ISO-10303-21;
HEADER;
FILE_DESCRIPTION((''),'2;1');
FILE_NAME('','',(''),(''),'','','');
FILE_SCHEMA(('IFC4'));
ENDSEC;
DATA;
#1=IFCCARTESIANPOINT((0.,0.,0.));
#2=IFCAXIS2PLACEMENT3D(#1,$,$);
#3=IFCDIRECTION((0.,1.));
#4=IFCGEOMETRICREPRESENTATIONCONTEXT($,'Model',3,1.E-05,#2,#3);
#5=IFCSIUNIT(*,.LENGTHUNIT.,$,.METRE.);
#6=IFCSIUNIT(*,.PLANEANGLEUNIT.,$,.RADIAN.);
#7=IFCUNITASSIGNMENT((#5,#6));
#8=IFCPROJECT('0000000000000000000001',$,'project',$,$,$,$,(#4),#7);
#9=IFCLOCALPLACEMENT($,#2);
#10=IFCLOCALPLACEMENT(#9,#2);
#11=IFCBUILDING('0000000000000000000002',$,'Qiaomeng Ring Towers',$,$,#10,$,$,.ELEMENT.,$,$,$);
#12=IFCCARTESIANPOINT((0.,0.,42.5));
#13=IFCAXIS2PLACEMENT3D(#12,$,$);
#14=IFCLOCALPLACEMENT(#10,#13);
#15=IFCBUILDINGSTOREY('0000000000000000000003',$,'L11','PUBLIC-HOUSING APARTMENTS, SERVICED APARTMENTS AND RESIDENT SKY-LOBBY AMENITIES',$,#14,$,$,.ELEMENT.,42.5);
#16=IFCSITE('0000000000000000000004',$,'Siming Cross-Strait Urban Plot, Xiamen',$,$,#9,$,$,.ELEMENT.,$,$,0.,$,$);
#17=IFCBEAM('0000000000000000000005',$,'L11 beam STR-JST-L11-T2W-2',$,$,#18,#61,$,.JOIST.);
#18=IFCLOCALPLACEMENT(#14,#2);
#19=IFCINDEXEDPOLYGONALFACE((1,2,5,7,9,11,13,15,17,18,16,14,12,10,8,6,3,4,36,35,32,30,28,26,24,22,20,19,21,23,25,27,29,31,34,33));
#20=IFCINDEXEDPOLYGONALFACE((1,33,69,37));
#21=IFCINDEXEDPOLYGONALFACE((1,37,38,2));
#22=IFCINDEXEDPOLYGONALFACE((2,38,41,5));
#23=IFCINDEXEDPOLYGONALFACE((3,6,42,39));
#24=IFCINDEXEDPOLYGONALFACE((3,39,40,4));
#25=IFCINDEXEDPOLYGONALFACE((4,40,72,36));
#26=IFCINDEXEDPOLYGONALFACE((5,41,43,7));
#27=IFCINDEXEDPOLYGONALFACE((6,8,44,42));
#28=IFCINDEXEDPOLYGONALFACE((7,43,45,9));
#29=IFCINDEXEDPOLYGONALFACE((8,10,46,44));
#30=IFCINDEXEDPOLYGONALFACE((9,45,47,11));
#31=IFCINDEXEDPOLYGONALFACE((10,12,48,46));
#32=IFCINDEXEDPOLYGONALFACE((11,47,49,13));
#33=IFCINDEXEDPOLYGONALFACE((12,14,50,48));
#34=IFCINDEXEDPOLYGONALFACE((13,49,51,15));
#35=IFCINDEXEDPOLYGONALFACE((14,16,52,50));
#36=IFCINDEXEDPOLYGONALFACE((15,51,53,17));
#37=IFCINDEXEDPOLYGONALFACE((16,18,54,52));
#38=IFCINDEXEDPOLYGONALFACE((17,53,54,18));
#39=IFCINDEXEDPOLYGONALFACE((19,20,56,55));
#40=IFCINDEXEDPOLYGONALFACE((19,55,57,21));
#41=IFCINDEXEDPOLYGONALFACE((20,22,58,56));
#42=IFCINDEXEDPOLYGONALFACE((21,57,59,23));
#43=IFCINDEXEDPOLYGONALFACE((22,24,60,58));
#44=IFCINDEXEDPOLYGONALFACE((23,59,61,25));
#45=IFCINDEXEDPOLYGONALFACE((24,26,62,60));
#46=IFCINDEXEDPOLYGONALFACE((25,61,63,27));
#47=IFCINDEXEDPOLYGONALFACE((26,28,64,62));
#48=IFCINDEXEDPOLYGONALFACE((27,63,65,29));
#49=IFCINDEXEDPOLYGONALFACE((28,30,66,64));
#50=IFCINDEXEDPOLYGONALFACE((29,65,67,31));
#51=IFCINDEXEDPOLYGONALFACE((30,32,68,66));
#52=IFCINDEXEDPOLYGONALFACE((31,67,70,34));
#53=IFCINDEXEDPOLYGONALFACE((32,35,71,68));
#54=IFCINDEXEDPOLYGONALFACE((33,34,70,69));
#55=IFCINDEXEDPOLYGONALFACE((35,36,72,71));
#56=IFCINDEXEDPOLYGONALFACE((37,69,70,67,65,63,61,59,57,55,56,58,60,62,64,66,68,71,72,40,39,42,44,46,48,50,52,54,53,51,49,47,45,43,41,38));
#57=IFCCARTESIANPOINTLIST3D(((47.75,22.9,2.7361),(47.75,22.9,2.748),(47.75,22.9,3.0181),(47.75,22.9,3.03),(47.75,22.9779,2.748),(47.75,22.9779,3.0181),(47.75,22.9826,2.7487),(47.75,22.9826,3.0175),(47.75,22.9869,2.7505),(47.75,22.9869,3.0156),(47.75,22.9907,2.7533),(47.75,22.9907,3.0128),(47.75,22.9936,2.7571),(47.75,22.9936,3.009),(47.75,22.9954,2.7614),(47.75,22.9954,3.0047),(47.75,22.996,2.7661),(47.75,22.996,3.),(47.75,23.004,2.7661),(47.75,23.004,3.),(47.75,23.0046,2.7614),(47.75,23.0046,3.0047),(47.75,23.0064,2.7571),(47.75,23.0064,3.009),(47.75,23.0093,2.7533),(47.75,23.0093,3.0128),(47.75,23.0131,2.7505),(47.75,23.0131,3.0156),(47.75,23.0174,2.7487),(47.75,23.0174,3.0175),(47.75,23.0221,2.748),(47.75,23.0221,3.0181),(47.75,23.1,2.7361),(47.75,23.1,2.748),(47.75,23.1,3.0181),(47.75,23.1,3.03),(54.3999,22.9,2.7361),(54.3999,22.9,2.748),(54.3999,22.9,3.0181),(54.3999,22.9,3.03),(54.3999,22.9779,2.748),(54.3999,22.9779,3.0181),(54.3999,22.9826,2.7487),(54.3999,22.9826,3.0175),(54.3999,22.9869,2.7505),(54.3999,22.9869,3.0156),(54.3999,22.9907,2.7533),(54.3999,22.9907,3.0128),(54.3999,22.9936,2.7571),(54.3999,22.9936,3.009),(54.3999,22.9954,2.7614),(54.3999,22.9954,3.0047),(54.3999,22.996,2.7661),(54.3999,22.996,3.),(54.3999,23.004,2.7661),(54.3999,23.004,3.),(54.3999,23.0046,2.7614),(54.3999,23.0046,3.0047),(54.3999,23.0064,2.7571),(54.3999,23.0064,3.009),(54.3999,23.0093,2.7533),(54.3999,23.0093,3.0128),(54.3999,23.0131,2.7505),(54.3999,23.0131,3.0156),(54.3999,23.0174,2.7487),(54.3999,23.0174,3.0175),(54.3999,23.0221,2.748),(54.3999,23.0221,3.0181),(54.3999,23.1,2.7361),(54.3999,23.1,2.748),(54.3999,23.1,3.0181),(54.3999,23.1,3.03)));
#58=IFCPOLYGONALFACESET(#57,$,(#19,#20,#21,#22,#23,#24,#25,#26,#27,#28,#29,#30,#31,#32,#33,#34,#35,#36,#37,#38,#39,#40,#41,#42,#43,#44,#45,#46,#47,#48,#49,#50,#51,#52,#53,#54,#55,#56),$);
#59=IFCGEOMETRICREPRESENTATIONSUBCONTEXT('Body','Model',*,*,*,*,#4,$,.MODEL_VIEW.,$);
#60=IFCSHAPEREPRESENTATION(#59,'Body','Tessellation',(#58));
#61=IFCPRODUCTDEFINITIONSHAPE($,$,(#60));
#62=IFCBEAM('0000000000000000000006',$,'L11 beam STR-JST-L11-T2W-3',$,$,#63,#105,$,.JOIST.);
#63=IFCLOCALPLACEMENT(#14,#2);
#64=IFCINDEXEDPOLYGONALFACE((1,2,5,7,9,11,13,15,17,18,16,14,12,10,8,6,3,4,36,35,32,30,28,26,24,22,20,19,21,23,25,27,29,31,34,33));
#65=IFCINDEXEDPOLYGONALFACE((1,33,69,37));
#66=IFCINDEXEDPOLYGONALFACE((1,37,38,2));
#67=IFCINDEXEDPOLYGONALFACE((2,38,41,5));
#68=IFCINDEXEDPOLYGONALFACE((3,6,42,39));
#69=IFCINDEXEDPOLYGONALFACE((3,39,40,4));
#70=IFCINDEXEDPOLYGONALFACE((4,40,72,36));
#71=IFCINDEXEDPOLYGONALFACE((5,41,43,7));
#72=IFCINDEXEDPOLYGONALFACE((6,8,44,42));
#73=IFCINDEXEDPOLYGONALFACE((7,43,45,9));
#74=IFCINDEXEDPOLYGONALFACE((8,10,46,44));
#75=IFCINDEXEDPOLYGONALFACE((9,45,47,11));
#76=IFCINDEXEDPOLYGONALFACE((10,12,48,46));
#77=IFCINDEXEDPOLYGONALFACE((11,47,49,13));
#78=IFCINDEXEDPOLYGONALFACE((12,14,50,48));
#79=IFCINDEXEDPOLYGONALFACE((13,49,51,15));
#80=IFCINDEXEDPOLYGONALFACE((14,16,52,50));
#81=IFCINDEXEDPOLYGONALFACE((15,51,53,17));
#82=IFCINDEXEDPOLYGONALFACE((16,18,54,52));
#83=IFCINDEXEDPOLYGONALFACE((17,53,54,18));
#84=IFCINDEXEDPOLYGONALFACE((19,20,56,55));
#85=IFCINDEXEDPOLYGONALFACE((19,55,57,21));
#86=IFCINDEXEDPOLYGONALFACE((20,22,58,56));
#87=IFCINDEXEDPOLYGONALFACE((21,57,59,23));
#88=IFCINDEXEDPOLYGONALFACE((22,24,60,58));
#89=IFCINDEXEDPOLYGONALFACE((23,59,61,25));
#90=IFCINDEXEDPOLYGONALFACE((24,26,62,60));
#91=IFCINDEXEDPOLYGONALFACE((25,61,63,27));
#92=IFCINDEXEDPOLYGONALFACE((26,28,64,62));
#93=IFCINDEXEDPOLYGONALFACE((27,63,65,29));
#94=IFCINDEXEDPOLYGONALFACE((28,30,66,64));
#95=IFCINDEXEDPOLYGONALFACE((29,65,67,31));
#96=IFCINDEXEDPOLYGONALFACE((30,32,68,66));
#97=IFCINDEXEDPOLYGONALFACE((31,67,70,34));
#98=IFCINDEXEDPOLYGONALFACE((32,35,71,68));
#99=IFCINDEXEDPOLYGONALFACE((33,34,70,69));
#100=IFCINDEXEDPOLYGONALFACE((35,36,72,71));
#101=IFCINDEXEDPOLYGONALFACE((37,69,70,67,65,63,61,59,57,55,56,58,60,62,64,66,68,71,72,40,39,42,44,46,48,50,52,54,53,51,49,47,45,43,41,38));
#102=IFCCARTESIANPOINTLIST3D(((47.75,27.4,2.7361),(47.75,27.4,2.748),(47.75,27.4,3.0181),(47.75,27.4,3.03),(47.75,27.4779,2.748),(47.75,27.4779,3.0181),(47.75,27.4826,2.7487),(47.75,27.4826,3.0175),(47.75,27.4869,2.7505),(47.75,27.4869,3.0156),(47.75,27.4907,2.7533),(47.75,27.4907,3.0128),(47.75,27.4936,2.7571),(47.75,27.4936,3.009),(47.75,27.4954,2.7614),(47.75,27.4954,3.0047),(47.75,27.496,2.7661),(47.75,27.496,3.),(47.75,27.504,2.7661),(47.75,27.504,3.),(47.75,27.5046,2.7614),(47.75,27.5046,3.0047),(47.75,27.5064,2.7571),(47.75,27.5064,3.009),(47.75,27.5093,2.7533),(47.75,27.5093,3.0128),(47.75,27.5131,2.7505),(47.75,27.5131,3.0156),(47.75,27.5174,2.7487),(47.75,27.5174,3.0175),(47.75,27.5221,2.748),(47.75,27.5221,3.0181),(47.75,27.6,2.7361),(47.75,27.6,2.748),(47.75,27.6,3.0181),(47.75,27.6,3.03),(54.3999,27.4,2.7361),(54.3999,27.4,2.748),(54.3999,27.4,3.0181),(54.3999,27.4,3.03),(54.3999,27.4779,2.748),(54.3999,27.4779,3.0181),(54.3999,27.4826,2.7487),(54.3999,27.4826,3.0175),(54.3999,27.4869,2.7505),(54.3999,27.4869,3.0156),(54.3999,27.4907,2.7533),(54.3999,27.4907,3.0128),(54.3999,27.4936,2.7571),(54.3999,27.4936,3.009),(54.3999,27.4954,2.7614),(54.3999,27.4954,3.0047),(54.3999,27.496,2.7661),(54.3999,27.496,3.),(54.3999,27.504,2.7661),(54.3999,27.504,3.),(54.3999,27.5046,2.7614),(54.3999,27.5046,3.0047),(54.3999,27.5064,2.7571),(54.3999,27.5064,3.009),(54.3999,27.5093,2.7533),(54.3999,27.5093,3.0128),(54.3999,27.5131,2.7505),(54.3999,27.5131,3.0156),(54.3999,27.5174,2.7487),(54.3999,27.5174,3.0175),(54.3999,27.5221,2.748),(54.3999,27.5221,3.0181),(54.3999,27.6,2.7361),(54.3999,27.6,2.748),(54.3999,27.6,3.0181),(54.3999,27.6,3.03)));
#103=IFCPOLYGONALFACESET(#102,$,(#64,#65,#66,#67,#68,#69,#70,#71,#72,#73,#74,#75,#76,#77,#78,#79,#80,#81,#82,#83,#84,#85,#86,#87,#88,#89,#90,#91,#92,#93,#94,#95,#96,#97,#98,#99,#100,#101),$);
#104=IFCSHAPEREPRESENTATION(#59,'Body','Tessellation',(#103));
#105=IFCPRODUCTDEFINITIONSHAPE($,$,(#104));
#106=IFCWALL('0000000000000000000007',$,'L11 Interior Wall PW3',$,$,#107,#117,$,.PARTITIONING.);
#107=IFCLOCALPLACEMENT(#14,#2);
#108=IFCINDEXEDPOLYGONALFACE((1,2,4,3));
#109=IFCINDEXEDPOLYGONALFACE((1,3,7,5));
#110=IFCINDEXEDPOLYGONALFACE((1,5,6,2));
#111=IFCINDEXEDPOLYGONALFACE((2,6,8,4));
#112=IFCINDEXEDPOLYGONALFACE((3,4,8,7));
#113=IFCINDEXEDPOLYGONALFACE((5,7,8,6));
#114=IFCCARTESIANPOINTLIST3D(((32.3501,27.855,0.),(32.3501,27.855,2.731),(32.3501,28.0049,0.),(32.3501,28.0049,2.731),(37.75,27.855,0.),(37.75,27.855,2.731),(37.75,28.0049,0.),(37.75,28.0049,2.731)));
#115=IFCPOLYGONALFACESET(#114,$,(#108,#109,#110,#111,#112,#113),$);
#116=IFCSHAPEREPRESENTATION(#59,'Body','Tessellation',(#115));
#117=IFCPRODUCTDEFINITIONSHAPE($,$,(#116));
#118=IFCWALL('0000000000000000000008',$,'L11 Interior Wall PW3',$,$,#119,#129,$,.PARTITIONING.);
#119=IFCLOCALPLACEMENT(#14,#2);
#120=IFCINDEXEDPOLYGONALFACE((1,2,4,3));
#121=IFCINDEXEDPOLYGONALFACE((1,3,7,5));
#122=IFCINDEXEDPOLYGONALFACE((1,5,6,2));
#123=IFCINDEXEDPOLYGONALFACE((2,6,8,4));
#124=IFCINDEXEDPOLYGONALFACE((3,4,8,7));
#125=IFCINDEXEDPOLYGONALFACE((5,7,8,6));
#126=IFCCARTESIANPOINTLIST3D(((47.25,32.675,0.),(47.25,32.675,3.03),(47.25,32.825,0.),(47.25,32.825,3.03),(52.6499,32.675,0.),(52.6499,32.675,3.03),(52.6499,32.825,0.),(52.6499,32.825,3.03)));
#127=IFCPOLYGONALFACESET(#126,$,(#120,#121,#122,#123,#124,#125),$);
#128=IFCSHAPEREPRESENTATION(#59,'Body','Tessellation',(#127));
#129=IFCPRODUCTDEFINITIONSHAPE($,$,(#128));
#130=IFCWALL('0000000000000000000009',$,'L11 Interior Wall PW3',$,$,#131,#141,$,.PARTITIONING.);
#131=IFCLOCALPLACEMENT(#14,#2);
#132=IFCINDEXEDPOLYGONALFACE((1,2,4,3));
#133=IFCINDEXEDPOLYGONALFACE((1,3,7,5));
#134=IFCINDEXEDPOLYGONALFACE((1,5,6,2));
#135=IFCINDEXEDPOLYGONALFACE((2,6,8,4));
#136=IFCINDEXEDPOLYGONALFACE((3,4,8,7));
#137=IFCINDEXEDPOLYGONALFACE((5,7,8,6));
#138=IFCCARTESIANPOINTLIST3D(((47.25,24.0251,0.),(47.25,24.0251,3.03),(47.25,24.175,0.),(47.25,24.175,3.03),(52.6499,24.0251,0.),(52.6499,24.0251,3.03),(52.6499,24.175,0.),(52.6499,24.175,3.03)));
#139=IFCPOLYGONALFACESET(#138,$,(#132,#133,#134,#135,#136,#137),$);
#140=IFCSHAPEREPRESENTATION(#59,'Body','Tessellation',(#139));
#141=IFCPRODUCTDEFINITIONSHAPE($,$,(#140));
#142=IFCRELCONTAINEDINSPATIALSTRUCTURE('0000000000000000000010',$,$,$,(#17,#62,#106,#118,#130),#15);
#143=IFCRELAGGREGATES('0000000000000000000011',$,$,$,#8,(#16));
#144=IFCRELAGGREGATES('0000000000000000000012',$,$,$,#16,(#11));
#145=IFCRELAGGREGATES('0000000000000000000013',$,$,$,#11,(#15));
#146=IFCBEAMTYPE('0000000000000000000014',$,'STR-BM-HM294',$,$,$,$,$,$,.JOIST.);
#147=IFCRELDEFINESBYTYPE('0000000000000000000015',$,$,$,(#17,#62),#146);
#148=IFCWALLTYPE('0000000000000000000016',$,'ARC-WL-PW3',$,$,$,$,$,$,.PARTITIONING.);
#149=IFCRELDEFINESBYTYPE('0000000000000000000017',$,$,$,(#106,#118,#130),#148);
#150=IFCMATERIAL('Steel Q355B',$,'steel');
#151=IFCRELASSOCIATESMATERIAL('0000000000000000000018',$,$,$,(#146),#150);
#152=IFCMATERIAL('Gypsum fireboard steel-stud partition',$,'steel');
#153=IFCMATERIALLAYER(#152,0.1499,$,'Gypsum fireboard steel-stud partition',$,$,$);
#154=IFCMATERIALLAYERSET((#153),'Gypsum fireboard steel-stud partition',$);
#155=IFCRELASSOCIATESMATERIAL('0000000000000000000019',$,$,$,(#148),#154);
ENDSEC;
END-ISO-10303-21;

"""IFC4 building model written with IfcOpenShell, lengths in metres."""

from ifc_helpers import new_model, si_unit, direction, frame, frame_2d, origin, origin_2d, place, context, subcontext, project, spatial, rectangle, i_section, extrude, source, transform, mapped, material, layer, layer_set, material_profile, profile_set, type_object, element, save


model = new_model("IFC4")

# Units and contexts
model_context = context("Model", 3, precision=1e-05, world=origin(), true_north=direction((0.0, 1.0)))
body_context = subcontext(model_context, "Body", "Model", "MODEL_VIEW")
ifc_project = project(units=[si_unit("LENGTHUNIT", "METRE"), si_unit("PLANEANGLEUNIT", "RADIAN")], contexts=[model_context])

# Site, building, storey
site_placement = place(None, origin())
site = spatial("IfcSite", under=ifc_project, at=site_placement, Name="Siming Cross-Strait Urban Plot, Xiamen", CompositionType="ELEMENT", RefElevation=0.0)
building_placement = place(site_placement, origin())
building = spatial("IfcBuilding", under=site, at=building_placement, Name="Qiaomeng Ring Towers", CompositionType="ELEMENT")
storey_placement = place(building_placement, frame((0.0, 0.0, 42.5)))
storey = spatial("IfcBuildingStorey", under=building, at=storey_placement, Name="L11", Description="PUBLIC-HOUSING APARTMENTS, SERVICED APARTMENTS AND RESIDENT SKY-LOBBY AMENITIES", CompositionType="ELEMENT", Elevation=42.5)

# Beams
ifc_material_1 = material(Name="Steel Q355B", Category="steel")
ifc_material_profile_1 = material_profile(ifc_material_1, i_section(OverallWidth=0.2, OverallDepth=0.2939, WebThickness=0.0081, FlangeThickness=0.012, FilletRadius=0.0181, at=origin_2d()), Name="HM 294x200x8x12")
ifc_profile_set_1 = profile_set([ifc_material_profile_1], Name="Steel Q355B")
beam_type_1 = type_object("IfcBeamType", Name="STR-BM-HM294", PredefinedType="JOIST", material=ifc_profile_set_1)
shared_shape_1 = source(origin(), body_context, "Body", "SweptSolid", [
    extrude(i_section(OverallWidth=0.2, OverallDepth=0.2939, WebThickness=0.0081, FlangeThickness=0.012, FilletRadius=0.0181, at=origin_2d()), origin(), (0.0, 0.0, 1.0), 6.6499),
])
for number, where, z_axis, x_axis, name in (
    (1, (47.75, 23.0, 2.8831), (1.0, 0.0, 0.0), (0.0, 1.0, 0.0), "L11 beam STR-JST-L11-T2W-2"),
    (2, (47.75, 27.5, 2.8831), (1.0, 0.0, 0.0), (0.0, 1.0, 0.0), "L11 beam STR-JST-L11-T2W-3"),
):
    element("IfcBeam", number, at=place(storey_placement, frame(where, z_axis=z_axis, x_axis=x_axis)), inside=storey, type_object=beam_type_1, Name=name, PredefinedType="JOIST", context=body_context, shape_type="MappedRepresentation", body=[
        mapped(shared_shape_1, transform((0.0, 0.0, 0.0), x_axis=(1.0, 0.0, 0.0), y_axis=(0.0, 1.0, 0.0), z_axis=(0.0, 0.0, 1.0), scale=1.0)),
    ])

# Walls
ifc_material_2 = material(Name="Gypsum fireboard steel-stud partition", Category="steel")
ifc_layer_1 = layer(ifc_material_2, 0.1499, Name="Gypsum fireboard steel-stud partition")
ifc_layer_set_1 = layer_set([ifc_layer_1], Name="Gypsum fireboard steel-stud partition")
wall_type_1 = type_object("IfcWallType", Name="ARC-WL-PW3", PredefinedType="PARTITIONING", material=ifc_layer_set_1)
wall_1_placement = place(storey_placement, frame((32.3501, 27.9299, 0.0), z_axis=(0.0, 0.0, 1.0), x_axis=(1.0, 0.0, 0.0)))
element("IfcWall", 3, at=wall_1_placement, inside=storey, type_object=wall_type_1, Name="L11 Interior Wall PW3", PredefinedType="PARTITIONING", context=body_context, shape_type="SweptSolid", body=[
    extrude(rectangle(XDim=5.3999, YDim=0.1499, at=frame_2d((2.7, 0.0))), origin(), (0.0, 0.0, 1.0), 2.731),
])
for number, where, z_axis, x_axis, name in (
    (4, (47.25, 32.75, 0.0), (0.0, 0.0, 1.0), (1.0, 0.0, 0.0), "L11 Interior Wall PW3"),
    (5, (47.25, 24.1001, 0.0), (0.0, 0.0, 1.0), (1.0, 0.0, 0.0), "L11 Interior Wall PW3"),
):
    element("IfcWall", number, at=place(storey_placement, frame(where, z_axis=z_axis, x_axis=x_axis)), inside=storey, type_object=wall_type_1, Name=name, PredefinedType="PARTITIONING", context=body_context, shape_type="SweptSolid", body=[
        extrude(rectangle(XDim=5.3999, YDim=0.1499, at=frame_2d((2.7, 0.0))), origin(), (0.0, 0.0, 1.0), 3.03),
    ])

save(model, "model.ifc")
